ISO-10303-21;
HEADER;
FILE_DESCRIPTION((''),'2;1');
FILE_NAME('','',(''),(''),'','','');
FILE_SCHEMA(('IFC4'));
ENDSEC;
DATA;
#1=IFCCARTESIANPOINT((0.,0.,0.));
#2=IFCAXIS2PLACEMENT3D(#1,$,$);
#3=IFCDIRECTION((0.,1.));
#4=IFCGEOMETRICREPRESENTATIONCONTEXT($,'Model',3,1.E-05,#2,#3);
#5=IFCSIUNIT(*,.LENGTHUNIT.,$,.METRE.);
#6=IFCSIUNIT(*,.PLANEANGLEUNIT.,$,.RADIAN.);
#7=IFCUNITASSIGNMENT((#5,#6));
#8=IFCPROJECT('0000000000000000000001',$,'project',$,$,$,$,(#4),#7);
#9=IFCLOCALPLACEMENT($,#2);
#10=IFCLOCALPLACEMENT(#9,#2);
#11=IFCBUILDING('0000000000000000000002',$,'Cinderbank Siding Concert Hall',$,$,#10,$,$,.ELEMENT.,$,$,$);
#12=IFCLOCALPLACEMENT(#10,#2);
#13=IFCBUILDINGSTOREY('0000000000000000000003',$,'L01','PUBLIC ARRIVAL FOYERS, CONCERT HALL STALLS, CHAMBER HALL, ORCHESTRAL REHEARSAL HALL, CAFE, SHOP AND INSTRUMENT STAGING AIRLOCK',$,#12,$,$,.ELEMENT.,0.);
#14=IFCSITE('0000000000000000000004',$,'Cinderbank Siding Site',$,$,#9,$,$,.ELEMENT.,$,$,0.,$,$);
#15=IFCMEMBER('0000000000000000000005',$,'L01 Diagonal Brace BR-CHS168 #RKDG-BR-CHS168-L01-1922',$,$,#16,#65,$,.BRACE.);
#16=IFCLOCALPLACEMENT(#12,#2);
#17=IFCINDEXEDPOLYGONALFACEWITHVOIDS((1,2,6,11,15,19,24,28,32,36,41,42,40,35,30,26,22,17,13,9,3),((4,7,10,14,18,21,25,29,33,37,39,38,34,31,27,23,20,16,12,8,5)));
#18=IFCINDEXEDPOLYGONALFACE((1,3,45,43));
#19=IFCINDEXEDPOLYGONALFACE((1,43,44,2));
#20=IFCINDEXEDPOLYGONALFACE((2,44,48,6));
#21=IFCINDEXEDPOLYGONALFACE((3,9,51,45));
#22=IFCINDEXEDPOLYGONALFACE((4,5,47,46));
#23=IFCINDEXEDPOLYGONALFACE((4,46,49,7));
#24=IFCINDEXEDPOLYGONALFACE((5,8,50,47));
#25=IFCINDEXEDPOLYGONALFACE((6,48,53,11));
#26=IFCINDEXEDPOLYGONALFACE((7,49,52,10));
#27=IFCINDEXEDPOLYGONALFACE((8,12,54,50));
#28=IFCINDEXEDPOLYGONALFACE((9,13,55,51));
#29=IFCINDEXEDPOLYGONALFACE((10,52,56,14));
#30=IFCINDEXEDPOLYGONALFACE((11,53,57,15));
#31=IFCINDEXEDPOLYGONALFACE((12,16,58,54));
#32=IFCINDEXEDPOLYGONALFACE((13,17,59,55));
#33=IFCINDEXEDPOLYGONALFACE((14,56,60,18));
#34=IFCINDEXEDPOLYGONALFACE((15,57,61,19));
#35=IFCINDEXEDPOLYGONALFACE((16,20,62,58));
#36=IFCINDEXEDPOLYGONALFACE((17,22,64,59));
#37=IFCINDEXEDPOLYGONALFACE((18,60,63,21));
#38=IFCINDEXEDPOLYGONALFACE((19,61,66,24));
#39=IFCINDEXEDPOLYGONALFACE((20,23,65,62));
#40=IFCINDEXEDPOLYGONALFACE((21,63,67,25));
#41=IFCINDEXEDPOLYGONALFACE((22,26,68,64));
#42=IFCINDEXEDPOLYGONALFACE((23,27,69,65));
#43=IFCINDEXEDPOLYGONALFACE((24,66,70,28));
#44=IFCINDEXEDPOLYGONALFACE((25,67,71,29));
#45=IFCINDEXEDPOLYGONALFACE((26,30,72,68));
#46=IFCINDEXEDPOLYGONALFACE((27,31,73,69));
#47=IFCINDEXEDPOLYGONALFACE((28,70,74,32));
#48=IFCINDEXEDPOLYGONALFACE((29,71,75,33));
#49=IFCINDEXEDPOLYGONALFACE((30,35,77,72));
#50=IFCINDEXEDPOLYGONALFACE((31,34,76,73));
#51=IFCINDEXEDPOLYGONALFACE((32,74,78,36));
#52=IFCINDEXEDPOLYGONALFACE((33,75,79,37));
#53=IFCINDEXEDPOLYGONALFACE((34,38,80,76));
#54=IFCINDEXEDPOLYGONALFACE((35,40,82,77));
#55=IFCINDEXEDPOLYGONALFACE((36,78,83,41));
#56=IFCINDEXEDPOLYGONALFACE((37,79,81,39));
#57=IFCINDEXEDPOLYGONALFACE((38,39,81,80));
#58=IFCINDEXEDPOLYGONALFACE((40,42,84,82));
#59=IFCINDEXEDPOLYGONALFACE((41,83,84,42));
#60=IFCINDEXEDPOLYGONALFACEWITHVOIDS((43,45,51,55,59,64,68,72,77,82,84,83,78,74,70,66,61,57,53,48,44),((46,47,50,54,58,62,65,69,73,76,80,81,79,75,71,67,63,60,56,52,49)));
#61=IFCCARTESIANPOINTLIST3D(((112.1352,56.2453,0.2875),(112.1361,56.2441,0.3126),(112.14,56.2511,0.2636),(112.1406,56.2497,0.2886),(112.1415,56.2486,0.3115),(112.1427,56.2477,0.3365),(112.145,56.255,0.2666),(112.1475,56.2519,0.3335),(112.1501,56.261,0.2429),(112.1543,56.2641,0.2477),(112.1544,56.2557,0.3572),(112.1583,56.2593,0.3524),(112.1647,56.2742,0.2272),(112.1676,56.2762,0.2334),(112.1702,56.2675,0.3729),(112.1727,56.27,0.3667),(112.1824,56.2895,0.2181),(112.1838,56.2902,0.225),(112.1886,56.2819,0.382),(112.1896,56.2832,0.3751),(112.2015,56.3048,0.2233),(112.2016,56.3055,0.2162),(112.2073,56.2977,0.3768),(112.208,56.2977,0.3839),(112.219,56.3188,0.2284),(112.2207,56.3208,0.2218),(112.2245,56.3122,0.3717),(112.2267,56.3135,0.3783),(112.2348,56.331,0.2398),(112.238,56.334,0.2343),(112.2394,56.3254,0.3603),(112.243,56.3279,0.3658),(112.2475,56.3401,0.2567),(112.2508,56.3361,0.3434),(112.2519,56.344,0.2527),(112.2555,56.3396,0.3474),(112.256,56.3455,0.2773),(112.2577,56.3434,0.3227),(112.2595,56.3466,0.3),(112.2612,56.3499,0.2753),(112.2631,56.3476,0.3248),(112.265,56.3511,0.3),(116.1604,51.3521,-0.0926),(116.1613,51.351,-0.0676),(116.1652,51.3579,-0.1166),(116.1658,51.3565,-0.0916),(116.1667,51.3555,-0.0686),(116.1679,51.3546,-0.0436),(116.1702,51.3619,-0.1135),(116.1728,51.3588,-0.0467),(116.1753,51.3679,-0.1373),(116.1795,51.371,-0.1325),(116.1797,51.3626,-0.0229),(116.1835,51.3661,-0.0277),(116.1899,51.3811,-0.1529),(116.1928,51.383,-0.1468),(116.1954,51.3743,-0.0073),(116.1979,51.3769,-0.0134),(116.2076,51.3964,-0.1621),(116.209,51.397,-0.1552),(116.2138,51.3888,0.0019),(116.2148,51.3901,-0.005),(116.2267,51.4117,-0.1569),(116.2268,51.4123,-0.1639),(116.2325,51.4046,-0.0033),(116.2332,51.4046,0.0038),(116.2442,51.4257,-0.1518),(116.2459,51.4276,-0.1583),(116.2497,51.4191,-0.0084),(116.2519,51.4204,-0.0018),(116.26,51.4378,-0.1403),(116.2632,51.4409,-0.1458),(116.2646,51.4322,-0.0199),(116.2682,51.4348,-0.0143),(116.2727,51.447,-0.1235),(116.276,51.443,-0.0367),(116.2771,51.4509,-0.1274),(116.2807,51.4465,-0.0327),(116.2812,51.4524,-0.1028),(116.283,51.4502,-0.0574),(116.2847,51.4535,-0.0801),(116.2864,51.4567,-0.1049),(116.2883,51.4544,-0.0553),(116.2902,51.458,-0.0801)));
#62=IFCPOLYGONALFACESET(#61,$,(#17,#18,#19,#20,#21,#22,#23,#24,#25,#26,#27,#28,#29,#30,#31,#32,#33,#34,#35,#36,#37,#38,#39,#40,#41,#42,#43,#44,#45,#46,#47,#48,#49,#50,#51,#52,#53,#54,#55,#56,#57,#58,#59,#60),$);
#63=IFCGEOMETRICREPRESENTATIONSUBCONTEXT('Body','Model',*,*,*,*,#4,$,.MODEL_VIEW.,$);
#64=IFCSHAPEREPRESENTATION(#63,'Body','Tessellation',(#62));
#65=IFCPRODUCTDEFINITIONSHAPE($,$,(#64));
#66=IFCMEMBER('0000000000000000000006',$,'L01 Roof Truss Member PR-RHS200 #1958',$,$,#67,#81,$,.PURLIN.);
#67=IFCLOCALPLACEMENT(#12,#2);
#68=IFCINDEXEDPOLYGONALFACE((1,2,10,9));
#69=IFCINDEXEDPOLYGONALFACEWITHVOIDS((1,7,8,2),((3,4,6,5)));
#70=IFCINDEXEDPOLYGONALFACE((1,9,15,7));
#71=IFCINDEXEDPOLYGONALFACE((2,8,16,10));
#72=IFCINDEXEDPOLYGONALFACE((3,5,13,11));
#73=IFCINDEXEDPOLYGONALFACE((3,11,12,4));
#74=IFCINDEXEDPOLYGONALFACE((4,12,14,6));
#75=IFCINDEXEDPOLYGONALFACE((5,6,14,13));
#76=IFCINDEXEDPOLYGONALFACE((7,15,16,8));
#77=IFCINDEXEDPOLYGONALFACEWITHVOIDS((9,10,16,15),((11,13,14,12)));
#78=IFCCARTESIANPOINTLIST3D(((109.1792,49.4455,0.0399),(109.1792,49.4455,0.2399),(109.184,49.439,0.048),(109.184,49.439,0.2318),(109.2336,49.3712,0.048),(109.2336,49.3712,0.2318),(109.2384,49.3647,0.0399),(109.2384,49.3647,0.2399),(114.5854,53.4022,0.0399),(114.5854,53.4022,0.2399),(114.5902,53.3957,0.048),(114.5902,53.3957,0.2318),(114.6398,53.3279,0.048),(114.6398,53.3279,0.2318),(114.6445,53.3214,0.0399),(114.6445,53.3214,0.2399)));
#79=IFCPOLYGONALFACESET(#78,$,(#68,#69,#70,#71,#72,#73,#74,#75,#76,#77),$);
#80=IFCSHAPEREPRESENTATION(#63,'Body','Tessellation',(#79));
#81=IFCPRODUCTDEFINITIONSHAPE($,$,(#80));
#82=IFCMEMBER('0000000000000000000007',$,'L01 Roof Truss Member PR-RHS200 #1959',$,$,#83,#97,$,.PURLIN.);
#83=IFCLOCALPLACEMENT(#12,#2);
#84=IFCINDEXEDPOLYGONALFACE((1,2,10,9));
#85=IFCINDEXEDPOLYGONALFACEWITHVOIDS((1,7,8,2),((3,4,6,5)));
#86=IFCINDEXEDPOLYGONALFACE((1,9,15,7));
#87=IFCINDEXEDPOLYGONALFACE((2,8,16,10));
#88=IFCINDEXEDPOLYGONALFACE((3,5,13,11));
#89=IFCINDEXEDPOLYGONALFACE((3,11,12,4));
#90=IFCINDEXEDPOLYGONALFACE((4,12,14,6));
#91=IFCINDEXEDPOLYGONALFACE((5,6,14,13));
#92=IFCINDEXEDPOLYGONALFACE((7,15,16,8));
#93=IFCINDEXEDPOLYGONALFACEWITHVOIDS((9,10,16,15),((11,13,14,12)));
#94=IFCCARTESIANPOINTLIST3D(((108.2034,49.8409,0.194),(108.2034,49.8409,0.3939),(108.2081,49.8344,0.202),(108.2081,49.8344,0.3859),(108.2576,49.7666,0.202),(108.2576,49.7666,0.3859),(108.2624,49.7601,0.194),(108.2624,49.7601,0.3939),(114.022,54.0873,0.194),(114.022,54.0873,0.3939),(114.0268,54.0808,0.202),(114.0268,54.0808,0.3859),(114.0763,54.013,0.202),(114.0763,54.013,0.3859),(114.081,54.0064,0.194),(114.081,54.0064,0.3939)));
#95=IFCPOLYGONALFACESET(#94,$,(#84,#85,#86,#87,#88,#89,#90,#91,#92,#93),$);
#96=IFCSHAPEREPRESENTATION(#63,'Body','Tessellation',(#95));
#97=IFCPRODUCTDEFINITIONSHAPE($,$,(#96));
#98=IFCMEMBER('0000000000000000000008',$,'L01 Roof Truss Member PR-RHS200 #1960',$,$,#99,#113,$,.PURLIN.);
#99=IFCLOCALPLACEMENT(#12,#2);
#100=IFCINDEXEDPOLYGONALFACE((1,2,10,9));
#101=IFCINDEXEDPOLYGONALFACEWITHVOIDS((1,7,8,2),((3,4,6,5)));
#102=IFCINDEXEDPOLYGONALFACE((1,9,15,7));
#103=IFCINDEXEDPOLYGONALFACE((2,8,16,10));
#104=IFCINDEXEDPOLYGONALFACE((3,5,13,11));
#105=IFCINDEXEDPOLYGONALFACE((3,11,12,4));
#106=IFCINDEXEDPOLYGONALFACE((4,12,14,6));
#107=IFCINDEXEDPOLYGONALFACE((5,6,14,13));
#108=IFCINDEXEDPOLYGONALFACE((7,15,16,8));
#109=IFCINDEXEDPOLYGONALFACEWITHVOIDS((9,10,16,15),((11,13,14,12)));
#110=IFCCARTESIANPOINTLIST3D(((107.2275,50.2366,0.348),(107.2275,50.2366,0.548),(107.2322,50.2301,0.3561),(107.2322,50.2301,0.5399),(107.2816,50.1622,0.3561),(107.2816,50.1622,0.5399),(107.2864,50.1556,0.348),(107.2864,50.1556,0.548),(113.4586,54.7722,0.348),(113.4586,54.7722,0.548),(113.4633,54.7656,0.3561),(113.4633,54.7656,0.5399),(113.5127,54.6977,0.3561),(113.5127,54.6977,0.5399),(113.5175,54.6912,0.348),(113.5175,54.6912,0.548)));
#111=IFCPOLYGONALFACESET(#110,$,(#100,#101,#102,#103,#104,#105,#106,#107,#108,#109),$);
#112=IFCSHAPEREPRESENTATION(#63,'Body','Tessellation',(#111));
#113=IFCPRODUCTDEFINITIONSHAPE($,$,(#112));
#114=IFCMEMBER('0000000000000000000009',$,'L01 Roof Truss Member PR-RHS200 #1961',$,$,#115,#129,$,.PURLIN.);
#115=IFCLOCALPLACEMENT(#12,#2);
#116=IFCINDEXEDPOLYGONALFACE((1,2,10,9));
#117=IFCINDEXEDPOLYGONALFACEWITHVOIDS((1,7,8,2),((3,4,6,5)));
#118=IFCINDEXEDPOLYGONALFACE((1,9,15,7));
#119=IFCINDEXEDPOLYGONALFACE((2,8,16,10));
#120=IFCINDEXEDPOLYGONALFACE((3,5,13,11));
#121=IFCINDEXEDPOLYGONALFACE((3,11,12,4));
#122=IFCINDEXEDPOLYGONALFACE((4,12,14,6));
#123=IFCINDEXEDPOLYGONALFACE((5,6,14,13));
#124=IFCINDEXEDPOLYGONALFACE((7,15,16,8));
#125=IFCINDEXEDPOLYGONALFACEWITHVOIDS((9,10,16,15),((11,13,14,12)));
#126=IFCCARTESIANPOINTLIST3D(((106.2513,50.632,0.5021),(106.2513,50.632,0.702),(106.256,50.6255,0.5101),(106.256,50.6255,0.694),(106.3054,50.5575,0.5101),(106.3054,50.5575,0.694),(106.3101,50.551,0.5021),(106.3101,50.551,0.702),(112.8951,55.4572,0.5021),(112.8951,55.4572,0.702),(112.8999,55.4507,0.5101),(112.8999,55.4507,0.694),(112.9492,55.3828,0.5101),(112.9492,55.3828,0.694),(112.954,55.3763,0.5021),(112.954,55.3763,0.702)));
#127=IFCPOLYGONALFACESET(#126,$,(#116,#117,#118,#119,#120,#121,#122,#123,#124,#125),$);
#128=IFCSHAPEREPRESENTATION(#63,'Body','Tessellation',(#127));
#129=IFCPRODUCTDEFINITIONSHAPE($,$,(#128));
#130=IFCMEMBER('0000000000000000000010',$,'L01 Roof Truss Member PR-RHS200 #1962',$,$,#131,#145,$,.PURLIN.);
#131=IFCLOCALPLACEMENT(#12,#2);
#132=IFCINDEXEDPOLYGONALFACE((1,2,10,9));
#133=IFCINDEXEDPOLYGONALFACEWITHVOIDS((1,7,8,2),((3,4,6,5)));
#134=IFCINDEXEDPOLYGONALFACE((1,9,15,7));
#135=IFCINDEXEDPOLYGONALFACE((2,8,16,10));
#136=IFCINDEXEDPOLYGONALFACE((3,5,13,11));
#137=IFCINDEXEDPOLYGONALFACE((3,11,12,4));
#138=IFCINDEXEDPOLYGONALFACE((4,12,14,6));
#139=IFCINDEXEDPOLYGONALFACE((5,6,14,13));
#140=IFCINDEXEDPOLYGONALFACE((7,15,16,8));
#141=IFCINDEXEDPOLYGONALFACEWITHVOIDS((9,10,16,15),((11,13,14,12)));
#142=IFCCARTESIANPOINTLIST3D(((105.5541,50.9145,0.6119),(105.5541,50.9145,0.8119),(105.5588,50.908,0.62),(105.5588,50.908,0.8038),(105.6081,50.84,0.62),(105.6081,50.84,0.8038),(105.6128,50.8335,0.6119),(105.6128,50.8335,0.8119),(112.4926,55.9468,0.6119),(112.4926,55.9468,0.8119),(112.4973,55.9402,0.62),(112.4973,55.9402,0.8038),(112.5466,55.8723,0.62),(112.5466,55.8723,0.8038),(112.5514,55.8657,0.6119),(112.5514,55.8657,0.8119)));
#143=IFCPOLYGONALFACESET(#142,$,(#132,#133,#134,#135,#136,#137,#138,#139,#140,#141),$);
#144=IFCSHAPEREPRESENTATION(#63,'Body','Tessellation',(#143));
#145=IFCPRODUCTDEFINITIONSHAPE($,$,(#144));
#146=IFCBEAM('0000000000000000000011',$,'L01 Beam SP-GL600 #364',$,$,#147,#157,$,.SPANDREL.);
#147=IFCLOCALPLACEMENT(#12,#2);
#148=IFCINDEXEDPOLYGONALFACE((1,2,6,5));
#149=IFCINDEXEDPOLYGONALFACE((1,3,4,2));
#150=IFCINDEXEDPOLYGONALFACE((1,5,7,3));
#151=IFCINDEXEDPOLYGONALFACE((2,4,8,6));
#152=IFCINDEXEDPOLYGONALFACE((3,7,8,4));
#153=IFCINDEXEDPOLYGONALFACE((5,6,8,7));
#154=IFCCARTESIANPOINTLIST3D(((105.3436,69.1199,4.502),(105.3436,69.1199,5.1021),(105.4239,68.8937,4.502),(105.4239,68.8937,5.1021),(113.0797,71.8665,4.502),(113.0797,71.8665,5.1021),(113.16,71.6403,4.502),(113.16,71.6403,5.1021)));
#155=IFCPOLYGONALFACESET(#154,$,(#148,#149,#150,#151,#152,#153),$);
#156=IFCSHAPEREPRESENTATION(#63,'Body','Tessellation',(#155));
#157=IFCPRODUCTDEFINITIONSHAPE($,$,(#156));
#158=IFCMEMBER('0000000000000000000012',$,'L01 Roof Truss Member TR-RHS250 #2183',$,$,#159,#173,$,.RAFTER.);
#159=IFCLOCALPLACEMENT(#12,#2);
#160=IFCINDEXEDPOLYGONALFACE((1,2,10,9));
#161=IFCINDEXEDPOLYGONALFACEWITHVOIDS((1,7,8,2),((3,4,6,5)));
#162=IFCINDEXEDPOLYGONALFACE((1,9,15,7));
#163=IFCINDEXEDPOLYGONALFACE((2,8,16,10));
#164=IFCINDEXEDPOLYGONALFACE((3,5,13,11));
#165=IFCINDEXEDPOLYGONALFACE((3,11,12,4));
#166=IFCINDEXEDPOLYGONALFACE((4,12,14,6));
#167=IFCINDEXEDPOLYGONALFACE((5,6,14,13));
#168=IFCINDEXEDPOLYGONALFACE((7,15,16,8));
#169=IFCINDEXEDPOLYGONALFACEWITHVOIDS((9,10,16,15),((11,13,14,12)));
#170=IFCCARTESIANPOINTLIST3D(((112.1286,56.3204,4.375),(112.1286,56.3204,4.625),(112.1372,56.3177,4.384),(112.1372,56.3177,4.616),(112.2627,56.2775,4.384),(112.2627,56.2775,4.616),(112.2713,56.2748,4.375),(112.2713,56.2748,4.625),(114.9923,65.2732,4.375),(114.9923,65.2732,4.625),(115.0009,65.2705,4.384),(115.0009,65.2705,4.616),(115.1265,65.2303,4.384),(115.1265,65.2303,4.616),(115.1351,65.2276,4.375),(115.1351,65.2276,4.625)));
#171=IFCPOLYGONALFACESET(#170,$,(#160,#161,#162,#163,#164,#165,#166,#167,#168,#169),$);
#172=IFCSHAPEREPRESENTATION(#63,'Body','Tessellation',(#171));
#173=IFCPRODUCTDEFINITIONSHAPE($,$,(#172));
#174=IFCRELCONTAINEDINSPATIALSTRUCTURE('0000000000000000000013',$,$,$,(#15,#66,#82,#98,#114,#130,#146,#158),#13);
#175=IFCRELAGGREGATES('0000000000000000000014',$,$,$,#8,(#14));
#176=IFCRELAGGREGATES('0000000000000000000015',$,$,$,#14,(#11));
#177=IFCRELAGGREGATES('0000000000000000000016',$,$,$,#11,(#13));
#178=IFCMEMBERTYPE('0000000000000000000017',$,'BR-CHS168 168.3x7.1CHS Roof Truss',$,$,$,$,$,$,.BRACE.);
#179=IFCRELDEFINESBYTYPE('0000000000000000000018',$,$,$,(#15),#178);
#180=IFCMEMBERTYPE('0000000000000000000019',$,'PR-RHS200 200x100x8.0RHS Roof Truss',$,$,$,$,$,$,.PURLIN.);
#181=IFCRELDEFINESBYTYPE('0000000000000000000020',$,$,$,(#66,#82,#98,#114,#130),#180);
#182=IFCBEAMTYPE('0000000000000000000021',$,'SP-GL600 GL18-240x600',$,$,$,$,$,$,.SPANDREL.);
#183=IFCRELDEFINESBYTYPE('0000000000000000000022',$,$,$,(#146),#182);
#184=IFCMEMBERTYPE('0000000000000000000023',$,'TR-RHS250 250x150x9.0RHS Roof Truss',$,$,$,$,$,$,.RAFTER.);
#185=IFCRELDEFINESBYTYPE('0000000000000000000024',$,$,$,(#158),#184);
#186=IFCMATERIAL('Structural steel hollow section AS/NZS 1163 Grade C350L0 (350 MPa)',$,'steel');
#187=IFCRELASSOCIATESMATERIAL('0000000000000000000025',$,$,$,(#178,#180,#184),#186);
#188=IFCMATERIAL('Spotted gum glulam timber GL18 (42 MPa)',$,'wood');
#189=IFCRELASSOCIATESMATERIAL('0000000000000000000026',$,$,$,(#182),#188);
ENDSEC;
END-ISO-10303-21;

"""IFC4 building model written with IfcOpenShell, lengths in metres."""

from ifc_helpers import new_model, si_unit, direction, frame, origin, origin_2d, place, context, subcontext, project, spatial, rectangle, hollow_rectangle, hollow_circle, extrude, material, material_profile, profile_set, type_object, element, save


model = new_model("IFC4")

# Units and contexts
model_context = context("Model", 3, precision=1e-05, world=origin(), true_north=direction((0.0, 1.0)))
body_context = subcontext(model_context, "Body", "Model", "MODEL_VIEW")
ifc_project = project(units=[si_unit("LENGTHUNIT", "METRE"), si_unit("PLANEANGLEUNIT", "RADIAN")], contexts=[model_context])

# Site, building, storey
site_placement = place(None, origin())
site = spatial("IfcSite", under=ifc_project, at=site_placement, Name="Cinderbank Siding Site", CompositionType="ELEMENT", RefElevation=0.0)
building_placement = place(site_placement, origin())
building = spatial("IfcBuilding", under=site, at=building_placement, Name="Cinderbank Siding Concert Hall", CompositionType="ELEMENT")
storey_placement = place(building_placement, origin())
storey = spatial("IfcBuildingStorey", under=building, at=storey_placement, Name="L01", Description="PUBLIC ARRIVAL FOYERS, CONCERT HALL STALLS, CHAMBER HALL, ORCHESTRAL REHEARSAL HALL, CAFE, SHOP AND INSTRUMENT STAGING AIRLOCK", CompositionType="ELEMENT", Elevation=0.0)

# Members
ifc_material_1 = material(Name="Structural steel hollow section AS/NZS 1163 Grade C350L0 (350 MPa)", Category="steel")
ifc_material_profile_1 = material_profile(ifc_material_1, hollow_circle(Radius=0.0842, WallThickness=0.0071, at=origin_2d()), Name="168.3x7.1CHS", Category="LoadBearing")
ifc_profile_set_1 = profile_set([ifc_material_profile_1], Name="Structural steel hollow section AS/NZS 1163 Grade C350L0 (350 MPa)")
member_type_1 = type_object("IfcMemberType", Name="BR-CHS168 168.3x7.1CHS Roof Truss", PredefinedType="BRACE", material=ifc_profile_set_1)
member_1_placement = place(storey_placement, frame((112.2, 56.2976, 0.3), z_axis=(0.63415, -0.770888, -0.059888), x_axis=(0.772274, 0.63529, 0.0)))
element("IfcMember", 1, at=member_1_placement, inside=storey, type_object=member_type_1, Name="L01 Diagonal Brace BR-CHS168 #RKDG-BR-CHS168-L01-1922", PredefinedType="BRACE", context=body_context, shape_type="SweptSolid", body=[
    extrude(hollow_circle(Radius=0.0842, WallThickness=0.0071, at=origin_2d()), origin(), (0.0, 0.0, 1.0), 6.3474),
])
ifc_material_profile_2 = material_profile(ifc_material_1, hollow_rectangle(XDim=0.1001, YDim=0.2, WallThickness=0.0081, at=origin_2d()), Name="200x100x8.0RHS", Category="LoadBearing")
ifc_profile_set_2 = profile_set([ifc_material_profile_2], Name="Structural steel hollow section AS/NZS 1163 Grade C350L0 (350 MPa)")
member_type_2 = type_object("IfcMemberType", Name="PR-RHS200 200x100x8.0RHS Roof Truss", PredefinedType="PURLIN", material=ifc_profile_set_2)
member_2_placement = place(storey_placement, frame((114.615, 53.3618, 0.1399), z_axis=(-0.80696, -0.590607, 0.0), x_axis=(0.590607, -0.80696, 0.0)))
element("IfcMember", 2, at=member_2_placement, inside=storey, type_object=member_type_2, Name="L01 Roof Truss Member PR-RHS200 #1958", PredefinedType="PURLIN", context=body_context, shape_type="SweptSolid", body=[
    extrude(hollow_rectangle(XDim=0.1001, YDim=0.2, WallThickness=0.0081, at=origin_2d()), origin(), (0.0, 0.0, 1.0), 6.6995),
])
member_3_placement = place(storey_placement, frame((114.0515, 54.0469, 0.2939), z_axis=(-0.807769, -0.589499, 0.0), x_axis=(0.589499, -0.807769, 0.0)))
element("IfcMember", 3, at=member_3_placement, inside=storey, type_object=member_type_2, Name="L01 Roof Truss Member PR-RHS200 #1959", PredefinedType="PURLIN", context=body_context, shape_type="SweptSolid", body=[
    extrude(hollow_rectangle(XDim=0.1001, YDim=0.2, WallThickness=0.0081, at=origin_2d()), origin(), (0.0, 0.0, 1.0), 7.2034),
])
member_4_placement = place(storey_placement, frame((113.488, 54.7317, 0.448), z_axis=(-0.808498, -0.588499, 0.0), x_axis=(0.588499, -0.808498, 0.0)))
element("IfcMember", 4, at=member_4_placement, inside=storey, type_object=member_type_2, Name="L01 Roof Truss Member PR-RHS200 #1960", PredefinedType="PURLIN", context=body_context, shape_type="SweptSolid", body=[
    extrude(hollow_rectangle(XDim=0.1001, YDim=0.2, WallThickness=0.0081, at=origin_2d()), origin(), (0.0, 0.0, 1.0), 7.707),
])
member_5_placement = place(storey_placement, frame((112.9246, 55.4167, 0.6021), z_axis=(-0.809122, -0.587641, 0.0), x_axis=(0.587641, -0.809122, 0.0)))
element("IfcMember", 5, at=member_5_placement, inside=storey, type_object=member_type_2, Name="L01 Roof Truss Member PR-RHS200 #1961", PredefinedType="PURLIN", context=body_context, shape_type="SweptSolid", body=[
    extrude(hollow_rectangle(XDim=0.1001, YDim=0.2, WallThickness=0.0081, at=origin_2d()), origin(), (0.0, 0.0, 1.0), 8.2112),
])
member_6_placement = place(storey_placement, frame((112.522, 55.9062, 0.7119), z_axis=(-0.809509, -0.587108, 0.0), x_axis=(0.587108, -0.809509, 0.0)))
element("IfcMember", 6, at=member_6_placement, inside=storey, type_object=member_type_2, Name="L01 Roof Truss Member PR-RHS200 #1962", PredefinedType="PURLIN", context=body_context, shape_type="SweptSolid", body=[
    extrude(hollow_rectangle(XDim=0.1001, YDim=0.2, WallThickness=0.0081, at=origin_2d()), origin(), (0.0, 0.0, 1.0), 8.5713),
])

# Beam
ifc_material_2 = material(Name="Spotted gum glulam timber GL18 (42 MPa)", Category="wood")
ifc_material_profile_3 = material_profile(ifc_material_2, rectangle(XDim=0.24, YDim=0.6001, at=origin_2d()), Name="GL18-240x600", Category="LoadBearing")
ifc_profile_set_3 = profile_set([ifc_material_profile_3], Name="Spotted gum glulam timber GL18 (42 MPa)")
beam_type_1 = type_object("IfcBeamType", Name="SP-GL600 GL18-240x600", PredefinedType="SPANDREL", material=ifc_profile_set_3)
beam_1_placement = place(storey_placement, frame((113.1199, 71.7534, 4.802), z_axis=(-0.942369, -0.334574, 0.0), x_axis=(0.334574, -0.942369, 0.0)))
element("IfcBeam", 7, at=beam_1_placement, inside=storey, type_object=beam_type_1, Name="L01 Beam SP-GL600 #364", PredefinedType="SPANDREL", context=body_context, shape_type="SweptSolid", body=[
    extrude(rectangle(XDim=0.24, YDim=0.6001, at=origin_2d()), origin(), (0.0, 0.0, 1.0), 8.2092),
])

# Member
ifc_material_profile_4 = material_profile(ifc_material_1, hollow_rectangle(XDim=0.1499, YDim=0.25, WallThickness=0.009, at=origin_2d()), Name="250x150x9.0RHS", Category="LoadBearing")
ifc_profile_set_4 = profile_set([ifc_material_profile_4], Name="Structural steel hollow section AS/NZS 1163 Grade C350L0 (350 MPa)")
member_type_3 = type_object("IfcMemberType", Name="TR-RHS250 250x150x9.0RHS Roof Truss", PredefinedType="RAFTER", material=ifc_profile_set_4)
member_7_placement = place(storey_placement, frame((112.2, 56.2976, 4.5), z_axis=(0.304665, 0.95246, 0.0), x_axis=(-0.95246, 0.304665, 0.0)))
element("IfcMember", 8, at=member_7_placement, inside=storey, type_object=member_type_3, Name="L01 Roof Truss Member TR-RHS250 #2183", PredefinedType="RAFTER", context=body_context, shape_type="SweptSolid", body=[
    extrude(hollow_rectangle(XDim=0.1499, YDim=0.25, WallThickness=0.009, at=origin_2d()), origin(), (0.0, 0.0, 1.0), 9.3997),
])

save(model, "model.ifc")
